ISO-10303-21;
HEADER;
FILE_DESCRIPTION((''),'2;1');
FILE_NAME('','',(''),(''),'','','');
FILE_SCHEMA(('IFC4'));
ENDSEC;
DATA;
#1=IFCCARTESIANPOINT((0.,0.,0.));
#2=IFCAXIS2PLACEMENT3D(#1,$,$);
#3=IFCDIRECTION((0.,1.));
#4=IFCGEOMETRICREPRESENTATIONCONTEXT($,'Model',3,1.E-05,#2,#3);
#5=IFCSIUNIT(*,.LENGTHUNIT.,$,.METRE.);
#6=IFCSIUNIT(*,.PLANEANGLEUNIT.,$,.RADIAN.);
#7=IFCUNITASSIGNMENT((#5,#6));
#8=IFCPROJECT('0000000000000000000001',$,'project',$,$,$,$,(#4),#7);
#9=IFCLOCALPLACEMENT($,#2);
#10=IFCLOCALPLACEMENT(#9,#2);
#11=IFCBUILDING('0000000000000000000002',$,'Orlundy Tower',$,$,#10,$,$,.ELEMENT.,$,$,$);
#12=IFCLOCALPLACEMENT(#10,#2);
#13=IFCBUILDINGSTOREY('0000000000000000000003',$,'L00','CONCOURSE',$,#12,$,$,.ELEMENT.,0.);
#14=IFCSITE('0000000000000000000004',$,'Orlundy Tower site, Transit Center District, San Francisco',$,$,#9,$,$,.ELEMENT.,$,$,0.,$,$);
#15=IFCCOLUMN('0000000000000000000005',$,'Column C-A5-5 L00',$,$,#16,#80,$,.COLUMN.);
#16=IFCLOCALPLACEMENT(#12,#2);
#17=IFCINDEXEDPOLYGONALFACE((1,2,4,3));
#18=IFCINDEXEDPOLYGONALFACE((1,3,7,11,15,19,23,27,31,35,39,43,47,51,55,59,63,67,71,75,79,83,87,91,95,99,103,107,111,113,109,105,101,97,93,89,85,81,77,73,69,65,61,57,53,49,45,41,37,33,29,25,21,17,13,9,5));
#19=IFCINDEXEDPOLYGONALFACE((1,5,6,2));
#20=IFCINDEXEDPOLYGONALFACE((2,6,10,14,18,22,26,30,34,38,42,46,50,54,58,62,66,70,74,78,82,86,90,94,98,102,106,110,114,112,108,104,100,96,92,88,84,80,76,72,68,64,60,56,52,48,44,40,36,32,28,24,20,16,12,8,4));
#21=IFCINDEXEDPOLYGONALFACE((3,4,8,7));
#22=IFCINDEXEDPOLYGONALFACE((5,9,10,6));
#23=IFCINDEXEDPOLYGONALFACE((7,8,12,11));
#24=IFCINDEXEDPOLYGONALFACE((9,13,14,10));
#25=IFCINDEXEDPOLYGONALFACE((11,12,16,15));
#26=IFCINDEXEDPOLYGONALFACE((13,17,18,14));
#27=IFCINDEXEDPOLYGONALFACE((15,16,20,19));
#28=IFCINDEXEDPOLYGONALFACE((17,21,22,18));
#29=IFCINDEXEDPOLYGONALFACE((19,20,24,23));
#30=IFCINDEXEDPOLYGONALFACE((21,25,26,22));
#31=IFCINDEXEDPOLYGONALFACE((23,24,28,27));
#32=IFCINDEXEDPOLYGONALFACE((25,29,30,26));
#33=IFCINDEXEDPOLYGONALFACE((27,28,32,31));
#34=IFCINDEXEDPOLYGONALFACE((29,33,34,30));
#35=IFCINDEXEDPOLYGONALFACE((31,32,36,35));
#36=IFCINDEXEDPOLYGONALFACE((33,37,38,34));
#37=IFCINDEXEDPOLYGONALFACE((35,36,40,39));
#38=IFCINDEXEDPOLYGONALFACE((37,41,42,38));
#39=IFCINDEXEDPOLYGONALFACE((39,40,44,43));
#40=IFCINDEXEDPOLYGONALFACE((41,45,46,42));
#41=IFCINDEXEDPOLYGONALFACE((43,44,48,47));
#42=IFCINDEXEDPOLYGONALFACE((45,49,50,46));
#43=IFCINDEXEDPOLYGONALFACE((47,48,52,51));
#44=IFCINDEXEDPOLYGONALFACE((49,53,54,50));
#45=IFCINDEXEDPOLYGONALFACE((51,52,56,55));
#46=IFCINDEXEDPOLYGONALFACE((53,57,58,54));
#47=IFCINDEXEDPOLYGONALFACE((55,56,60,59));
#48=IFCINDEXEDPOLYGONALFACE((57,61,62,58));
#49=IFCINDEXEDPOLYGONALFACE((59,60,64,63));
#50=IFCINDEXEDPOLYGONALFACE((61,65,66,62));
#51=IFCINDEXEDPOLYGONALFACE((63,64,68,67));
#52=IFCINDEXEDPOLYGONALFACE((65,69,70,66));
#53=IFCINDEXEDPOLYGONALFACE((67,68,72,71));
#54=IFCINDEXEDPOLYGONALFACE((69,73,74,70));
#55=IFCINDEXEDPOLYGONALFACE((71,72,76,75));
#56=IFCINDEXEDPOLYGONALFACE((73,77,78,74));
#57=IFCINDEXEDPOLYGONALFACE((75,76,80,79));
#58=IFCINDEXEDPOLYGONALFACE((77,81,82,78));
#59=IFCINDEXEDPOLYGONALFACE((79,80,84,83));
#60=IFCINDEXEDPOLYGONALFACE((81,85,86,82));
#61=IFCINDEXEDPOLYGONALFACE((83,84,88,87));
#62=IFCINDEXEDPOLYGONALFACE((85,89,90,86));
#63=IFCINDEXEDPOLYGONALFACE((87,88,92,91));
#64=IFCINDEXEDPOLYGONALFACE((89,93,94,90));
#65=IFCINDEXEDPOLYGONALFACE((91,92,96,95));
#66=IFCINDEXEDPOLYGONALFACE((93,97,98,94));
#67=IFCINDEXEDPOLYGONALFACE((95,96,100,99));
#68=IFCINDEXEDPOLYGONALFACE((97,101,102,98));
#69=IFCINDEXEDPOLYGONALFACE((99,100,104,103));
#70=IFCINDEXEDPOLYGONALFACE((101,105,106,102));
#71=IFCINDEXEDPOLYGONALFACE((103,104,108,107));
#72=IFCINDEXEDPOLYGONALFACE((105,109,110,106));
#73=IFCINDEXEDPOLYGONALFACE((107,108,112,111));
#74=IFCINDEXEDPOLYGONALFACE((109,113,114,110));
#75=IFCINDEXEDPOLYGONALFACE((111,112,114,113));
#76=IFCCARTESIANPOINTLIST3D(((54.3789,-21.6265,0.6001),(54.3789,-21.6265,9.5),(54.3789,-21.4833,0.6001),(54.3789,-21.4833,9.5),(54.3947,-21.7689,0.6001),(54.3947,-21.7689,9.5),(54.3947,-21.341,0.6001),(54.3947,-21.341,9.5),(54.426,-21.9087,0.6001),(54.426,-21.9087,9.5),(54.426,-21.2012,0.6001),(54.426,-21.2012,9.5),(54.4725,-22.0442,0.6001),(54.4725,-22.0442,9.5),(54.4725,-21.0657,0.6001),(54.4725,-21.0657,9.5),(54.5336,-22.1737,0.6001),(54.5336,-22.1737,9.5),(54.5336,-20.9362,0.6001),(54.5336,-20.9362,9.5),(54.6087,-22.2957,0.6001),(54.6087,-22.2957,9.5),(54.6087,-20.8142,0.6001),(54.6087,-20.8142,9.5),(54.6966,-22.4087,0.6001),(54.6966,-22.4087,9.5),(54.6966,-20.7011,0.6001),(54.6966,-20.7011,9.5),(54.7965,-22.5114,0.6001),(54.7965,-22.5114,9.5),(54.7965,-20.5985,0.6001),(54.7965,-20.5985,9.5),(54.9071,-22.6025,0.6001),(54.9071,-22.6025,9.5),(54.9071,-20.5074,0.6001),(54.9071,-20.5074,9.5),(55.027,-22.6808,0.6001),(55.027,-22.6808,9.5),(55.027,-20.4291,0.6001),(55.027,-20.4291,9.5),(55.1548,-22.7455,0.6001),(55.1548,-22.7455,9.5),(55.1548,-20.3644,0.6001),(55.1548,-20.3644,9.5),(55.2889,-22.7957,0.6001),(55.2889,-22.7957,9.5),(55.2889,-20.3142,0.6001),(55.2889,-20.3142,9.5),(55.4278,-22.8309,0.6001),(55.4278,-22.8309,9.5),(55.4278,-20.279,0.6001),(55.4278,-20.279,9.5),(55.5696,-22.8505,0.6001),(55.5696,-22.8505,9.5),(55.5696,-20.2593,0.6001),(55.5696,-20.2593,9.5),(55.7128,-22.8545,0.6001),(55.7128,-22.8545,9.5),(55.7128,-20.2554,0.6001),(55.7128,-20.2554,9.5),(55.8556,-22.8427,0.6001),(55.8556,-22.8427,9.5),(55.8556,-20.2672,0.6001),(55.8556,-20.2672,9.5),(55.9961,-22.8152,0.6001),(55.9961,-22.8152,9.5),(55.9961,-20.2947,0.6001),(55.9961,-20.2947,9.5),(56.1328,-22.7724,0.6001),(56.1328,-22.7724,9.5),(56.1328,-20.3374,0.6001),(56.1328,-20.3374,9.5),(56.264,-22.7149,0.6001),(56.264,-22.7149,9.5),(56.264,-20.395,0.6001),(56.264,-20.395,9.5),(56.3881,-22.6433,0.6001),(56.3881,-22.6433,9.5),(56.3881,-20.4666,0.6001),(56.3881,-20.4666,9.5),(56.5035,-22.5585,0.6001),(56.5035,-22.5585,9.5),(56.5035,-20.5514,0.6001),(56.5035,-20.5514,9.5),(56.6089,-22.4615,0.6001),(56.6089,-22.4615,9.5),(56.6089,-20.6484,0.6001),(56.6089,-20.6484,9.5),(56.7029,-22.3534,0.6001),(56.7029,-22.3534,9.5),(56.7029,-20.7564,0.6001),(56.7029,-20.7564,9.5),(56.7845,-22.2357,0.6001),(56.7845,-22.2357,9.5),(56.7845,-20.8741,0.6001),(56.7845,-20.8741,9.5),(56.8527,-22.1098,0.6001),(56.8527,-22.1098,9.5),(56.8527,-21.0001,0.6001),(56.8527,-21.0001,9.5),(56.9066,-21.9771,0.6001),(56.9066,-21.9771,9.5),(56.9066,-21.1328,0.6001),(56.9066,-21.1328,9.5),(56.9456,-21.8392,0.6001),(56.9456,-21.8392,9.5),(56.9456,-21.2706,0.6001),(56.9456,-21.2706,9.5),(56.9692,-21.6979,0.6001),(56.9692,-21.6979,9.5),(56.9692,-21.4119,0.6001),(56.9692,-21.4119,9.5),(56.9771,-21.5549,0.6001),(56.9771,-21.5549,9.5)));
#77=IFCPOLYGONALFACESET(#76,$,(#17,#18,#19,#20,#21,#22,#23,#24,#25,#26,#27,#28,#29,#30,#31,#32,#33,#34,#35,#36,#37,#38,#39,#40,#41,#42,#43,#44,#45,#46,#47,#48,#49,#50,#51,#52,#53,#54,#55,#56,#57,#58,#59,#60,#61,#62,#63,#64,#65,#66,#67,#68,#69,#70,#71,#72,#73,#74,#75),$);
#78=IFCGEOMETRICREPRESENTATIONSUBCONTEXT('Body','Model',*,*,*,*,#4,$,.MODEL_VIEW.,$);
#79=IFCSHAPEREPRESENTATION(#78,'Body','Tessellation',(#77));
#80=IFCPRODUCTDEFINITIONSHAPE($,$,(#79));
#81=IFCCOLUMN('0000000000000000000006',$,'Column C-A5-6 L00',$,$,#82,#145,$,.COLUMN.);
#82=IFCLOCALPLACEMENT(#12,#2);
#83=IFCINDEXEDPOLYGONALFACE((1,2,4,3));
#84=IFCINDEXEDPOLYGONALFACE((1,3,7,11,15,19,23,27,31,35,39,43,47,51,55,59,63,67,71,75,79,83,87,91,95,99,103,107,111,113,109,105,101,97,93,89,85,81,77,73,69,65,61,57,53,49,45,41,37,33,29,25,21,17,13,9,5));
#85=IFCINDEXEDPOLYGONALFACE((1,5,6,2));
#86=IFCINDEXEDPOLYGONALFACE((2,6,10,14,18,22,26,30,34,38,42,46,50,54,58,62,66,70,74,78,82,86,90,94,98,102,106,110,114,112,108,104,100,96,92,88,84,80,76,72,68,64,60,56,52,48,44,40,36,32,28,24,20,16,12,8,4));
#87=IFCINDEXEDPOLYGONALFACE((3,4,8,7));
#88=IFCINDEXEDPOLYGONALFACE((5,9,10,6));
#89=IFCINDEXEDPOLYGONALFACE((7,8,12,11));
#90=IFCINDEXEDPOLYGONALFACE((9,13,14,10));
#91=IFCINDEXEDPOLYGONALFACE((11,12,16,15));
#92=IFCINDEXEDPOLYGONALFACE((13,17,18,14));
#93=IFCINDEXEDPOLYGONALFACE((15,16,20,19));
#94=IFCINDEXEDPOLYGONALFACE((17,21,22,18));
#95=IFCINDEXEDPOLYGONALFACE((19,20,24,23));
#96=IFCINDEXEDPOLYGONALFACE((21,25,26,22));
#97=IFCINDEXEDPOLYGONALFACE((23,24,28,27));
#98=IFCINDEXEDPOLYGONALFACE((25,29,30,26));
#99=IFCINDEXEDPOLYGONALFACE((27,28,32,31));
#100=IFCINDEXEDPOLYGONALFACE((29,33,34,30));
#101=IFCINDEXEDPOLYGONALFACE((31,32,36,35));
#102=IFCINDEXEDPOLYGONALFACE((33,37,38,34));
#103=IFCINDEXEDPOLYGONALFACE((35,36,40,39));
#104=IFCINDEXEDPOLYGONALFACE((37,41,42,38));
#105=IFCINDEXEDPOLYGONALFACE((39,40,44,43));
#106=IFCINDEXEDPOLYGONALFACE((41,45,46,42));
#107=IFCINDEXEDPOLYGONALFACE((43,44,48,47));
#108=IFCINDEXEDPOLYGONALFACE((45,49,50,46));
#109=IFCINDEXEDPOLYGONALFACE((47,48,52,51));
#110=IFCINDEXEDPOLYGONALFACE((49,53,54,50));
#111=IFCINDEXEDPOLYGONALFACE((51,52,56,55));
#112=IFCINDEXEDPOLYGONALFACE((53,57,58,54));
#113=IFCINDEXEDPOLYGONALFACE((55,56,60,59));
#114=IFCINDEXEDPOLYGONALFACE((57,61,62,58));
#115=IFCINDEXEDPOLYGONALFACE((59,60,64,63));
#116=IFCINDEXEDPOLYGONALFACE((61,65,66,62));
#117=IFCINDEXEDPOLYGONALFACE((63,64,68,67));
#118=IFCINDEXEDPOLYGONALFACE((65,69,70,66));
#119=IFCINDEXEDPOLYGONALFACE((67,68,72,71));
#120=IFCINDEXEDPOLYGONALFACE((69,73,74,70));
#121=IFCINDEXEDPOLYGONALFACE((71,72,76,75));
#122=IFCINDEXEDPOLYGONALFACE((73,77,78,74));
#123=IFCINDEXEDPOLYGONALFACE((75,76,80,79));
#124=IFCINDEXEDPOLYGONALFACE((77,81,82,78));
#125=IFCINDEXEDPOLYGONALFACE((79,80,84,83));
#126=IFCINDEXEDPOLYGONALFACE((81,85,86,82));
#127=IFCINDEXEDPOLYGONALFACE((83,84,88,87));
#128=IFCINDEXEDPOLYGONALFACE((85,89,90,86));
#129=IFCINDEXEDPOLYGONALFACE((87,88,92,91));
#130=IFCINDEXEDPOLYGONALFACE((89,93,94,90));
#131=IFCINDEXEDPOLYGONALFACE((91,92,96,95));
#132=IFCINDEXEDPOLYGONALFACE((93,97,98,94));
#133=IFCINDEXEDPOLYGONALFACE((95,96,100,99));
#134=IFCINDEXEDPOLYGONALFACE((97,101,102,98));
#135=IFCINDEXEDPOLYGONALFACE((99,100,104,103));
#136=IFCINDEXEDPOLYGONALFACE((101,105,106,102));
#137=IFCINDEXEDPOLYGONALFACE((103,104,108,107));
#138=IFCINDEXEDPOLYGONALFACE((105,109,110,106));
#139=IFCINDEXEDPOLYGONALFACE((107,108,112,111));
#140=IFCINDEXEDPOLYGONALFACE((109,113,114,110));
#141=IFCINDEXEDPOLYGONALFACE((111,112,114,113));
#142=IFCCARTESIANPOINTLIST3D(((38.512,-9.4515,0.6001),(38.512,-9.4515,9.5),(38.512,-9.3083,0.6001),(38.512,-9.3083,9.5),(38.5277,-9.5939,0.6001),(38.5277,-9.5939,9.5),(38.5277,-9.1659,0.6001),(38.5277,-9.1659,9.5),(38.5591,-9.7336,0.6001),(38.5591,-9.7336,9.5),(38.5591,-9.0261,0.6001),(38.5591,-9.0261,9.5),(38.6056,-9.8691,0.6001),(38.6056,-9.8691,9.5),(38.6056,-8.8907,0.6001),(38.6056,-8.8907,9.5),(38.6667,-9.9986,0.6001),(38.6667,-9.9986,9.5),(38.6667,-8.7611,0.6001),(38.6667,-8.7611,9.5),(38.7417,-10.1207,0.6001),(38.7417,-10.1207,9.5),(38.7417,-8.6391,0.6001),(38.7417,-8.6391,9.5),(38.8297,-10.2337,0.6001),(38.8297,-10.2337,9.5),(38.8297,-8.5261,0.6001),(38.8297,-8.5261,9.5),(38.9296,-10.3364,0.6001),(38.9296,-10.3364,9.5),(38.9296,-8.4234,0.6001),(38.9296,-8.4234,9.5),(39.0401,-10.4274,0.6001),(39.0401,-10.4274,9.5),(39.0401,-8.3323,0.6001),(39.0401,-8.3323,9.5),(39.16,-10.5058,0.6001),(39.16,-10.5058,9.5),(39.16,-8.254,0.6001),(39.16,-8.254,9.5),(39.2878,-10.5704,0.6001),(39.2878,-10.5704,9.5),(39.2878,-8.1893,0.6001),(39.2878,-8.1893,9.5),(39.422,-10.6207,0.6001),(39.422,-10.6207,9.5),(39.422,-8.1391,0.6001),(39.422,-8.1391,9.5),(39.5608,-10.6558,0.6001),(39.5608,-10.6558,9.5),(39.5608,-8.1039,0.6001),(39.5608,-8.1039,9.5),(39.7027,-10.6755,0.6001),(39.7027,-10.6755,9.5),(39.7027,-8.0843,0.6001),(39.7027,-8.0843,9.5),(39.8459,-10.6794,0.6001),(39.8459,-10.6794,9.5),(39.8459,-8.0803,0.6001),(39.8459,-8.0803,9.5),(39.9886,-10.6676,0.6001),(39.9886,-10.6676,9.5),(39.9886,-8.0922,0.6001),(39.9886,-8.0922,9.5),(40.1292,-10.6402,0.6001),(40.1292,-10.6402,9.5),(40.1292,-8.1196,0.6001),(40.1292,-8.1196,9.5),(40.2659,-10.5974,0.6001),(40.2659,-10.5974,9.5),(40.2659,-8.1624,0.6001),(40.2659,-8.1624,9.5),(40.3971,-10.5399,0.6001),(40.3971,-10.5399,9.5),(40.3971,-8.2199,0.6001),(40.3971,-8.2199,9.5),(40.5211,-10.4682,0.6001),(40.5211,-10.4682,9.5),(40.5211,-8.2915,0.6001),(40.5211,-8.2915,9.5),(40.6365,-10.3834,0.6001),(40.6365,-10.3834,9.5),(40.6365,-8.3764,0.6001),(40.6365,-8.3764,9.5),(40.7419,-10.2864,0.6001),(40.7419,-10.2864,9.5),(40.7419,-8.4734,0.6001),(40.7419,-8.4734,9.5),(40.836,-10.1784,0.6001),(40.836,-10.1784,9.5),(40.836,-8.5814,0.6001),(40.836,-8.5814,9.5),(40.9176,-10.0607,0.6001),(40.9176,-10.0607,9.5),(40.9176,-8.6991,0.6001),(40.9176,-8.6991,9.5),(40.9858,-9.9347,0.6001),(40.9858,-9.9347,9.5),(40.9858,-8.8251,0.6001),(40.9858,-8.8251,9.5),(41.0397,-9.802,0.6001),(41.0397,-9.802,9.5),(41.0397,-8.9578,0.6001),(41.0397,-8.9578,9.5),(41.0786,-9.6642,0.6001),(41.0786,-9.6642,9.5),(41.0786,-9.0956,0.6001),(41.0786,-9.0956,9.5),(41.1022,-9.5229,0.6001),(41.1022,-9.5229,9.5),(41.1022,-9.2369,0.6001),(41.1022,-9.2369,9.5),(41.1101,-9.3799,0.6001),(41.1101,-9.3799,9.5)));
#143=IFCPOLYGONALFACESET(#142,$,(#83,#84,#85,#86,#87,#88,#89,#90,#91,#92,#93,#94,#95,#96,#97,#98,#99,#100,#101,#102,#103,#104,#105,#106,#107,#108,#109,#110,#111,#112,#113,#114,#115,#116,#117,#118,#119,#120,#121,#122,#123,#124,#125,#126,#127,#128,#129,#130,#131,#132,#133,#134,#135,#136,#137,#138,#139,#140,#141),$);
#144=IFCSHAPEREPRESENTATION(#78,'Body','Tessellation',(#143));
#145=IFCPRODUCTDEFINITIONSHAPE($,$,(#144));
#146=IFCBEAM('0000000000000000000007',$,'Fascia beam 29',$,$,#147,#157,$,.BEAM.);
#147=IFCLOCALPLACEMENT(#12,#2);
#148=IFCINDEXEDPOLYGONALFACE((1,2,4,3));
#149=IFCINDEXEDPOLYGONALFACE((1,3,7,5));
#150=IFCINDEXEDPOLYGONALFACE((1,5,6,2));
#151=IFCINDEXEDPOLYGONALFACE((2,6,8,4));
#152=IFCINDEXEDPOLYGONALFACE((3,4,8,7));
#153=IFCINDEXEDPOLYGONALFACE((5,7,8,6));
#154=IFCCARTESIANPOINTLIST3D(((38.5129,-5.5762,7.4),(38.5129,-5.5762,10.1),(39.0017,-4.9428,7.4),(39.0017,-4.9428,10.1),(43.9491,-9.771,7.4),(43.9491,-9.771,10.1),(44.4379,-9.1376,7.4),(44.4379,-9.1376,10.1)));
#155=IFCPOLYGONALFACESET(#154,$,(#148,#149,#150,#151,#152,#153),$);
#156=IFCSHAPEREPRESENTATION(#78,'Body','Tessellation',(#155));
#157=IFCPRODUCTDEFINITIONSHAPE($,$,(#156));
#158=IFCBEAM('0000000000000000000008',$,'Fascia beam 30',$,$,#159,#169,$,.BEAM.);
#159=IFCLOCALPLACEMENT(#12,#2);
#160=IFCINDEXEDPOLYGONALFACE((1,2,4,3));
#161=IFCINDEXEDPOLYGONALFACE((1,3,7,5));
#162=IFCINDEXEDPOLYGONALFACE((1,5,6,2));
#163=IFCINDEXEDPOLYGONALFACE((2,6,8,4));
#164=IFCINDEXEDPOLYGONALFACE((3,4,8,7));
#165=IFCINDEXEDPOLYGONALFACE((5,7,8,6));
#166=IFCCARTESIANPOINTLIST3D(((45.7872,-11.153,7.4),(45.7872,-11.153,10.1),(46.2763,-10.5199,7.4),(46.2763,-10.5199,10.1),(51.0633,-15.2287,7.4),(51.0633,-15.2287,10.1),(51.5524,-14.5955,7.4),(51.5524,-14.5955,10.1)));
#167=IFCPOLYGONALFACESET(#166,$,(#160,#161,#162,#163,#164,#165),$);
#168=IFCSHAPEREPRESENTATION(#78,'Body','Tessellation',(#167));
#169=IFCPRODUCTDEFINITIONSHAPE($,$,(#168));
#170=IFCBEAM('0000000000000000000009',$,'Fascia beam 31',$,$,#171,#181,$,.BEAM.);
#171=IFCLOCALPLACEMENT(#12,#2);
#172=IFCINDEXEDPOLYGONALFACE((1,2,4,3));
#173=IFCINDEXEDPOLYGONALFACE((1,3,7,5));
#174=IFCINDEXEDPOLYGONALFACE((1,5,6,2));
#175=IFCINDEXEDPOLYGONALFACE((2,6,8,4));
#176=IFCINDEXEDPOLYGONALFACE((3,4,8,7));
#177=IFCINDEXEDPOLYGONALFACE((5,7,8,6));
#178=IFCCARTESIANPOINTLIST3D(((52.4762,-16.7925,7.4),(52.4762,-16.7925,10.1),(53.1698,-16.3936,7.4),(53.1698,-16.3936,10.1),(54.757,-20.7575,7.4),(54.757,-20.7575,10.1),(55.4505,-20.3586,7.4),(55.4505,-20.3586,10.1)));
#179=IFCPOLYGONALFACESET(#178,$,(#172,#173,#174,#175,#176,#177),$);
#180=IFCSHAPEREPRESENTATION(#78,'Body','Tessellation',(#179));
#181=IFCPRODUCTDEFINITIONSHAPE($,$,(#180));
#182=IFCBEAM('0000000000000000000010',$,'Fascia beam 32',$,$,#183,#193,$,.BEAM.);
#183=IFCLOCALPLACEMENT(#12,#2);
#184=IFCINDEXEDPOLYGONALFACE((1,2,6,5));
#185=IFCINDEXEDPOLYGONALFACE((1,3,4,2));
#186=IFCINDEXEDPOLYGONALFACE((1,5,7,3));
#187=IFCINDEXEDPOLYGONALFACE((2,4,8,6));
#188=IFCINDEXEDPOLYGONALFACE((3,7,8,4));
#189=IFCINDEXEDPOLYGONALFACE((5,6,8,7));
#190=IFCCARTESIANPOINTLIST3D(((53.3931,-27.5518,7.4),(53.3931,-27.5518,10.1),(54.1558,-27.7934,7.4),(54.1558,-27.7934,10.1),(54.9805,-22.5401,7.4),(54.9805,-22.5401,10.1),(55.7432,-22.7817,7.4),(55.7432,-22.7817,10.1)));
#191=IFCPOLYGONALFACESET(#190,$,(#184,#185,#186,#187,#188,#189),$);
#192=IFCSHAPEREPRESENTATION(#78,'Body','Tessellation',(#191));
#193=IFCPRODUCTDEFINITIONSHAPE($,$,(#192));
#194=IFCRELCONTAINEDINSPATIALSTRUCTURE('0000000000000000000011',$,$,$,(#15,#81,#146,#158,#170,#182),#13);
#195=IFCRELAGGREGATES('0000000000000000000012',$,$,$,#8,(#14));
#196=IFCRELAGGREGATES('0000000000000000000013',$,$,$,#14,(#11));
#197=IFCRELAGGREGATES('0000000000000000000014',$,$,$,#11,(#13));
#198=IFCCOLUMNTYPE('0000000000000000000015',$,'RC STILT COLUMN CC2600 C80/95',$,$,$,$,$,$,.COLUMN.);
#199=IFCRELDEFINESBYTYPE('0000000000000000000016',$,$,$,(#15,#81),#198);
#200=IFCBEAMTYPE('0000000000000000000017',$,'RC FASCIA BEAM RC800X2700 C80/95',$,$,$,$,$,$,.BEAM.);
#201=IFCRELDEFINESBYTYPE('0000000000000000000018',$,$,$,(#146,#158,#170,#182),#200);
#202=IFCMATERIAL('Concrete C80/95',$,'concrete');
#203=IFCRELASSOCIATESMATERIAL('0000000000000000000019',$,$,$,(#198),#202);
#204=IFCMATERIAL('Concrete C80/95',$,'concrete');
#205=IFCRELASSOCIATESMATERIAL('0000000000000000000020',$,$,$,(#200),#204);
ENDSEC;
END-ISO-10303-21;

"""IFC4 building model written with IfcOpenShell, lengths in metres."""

from ifc_helpers import new_model, si_unit, direction, frame, origin, origin_2d, place, context, subcontext, project, spatial, rectangle, circle, extrude, material, material_profile, profile_set, type_object, element, save


model = new_model("IFC4")

# Units and contexts
model_context = context("Model", 3, precision=1e-05, world=origin(), true_north=direction((0.0, 1.0)))
body_context = subcontext(model_context, "Body", "Model", "MODEL_VIEW")
ifc_project = project(units=[si_unit("LENGTHUNIT", "METRE"), si_unit("PLANEANGLEUNIT", "RADIAN")], contexts=[model_context])

# Site, building, storey
site_placement = place(None, origin())
site = spatial("IfcSite", under=ifc_project, at=site_placement, Name="Orlundy Tower site, Transit Center District, San Francisco", CompositionType="ELEMENT", RefElevation=0.0)
building_placement = place(site_placement, origin())
building = spatial("IfcBuilding", under=site, at=building_placement, Name="Orlundy Tower", CompositionType="ELEMENT")
storey_placement = place(building_placement, origin())
storey = spatial("IfcBuildingStorey", under=building, at=storey_placement, Name="L00", Description="CONCOURSE", CompositionType="ELEMENT", Elevation=0.0)

# Columns
ifc_material_1 = material(Name="Concrete C80/95", Category="concrete")
ifc_material_profile_1 = material_profile(ifc_material_1, circle(Radius=1.3, at=origin_2d()), Name="CC2600")
ifc_profile_set_1 = profile_set([ifc_material_profile_1], Name="Concrete C80/95")
column_type_1 = type_object("IfcColumnType", Name="RC STILT COLUMN CC2600 C80/95", PredefinedType="COLUMN", material=ifc_profile_set_1)
for number, where, z_axis, x_axis, name in (
    (1, (55.677, -21.5549, 0.6001), (0.0, 0.0, 1.0), (1.0, 0.0, 0.0), "Column C-A5-5 L00"),
    (2, (39.8101, -9.3799, 0.6001), (0.0, 0.0, 1.0), (1.0, 0.0, 0.0), "Column C-A5-6 L00"),
):
    element("IfcColumn", number, at=place(storey_placement, frame(where, z_axis=z_axis, x_axis=x_axis)), inside=storey, type_object=column_type_1, Name=name, PredefinedType="COLUMN", context=body_context, shape_type="SweptSolid", body=[
        extrude(circle(Radius=1.3, at=origin_2d()), origin(), (0.0, 0.0, 1.0), 8.8999),
    ])

# Beams
ifc_material_2 = material(Name="Concrete C80/95", Category="concrete")
ifc_material_profile_2 = material_profile(ifc_material_2, rectangle(XDim=0.8, YDim=2.7, at=origin_2d()), Name="RC800X2700")
ifc_profile_set_2 = profile_set([ifc_material_profile_2], Name="Concrete C80/95")
beam_type = type_object("IfcBeamType", Name="RC FASCIA BEAM RC800X2700 C80/95", PredefinedType="BEAM", material=ifc_profile_set_2)
beam_1_placement = place(storey_placement, frame((38.7573, -5.2595, 8.75), z_axis=(0.791703, -0.610906, 0.0), x_axis=(0.610906, 0.791703, 0.0)))
element("IfcBeam", 3, at=beam_1_placement, inside=storey, type_object=beam_type, Name="Fascia beam 29", PredefinedType="BEAM", context=body_context, shape_type="SweptSolid", body=[
    extrude(rectangle(XDim=0.8, YDim=2.7, at=origin_2d()), origin(), (0.0, 0.0, 1.0), 6.8665),
])
beam_2_placement = place(storey_placement, frame((46.0317, -10.8364, 8.75), z_axis=(0.791381, -0.611323, 0.0), x_axis=(0.611323, 0.791381, 0.0)))
element("IfcBeam", 4, at=beam_2_placement, inside=storey, type_object=beam_type, Name="Fascia beam 30", PredefinedType="BEAM", context=body_context, shape_type="SweptSolid", body=[
    extrude(rectangle(XDim=0.8, YDim=2.7, at=origin_2d()), origin(), (0.0, 0.0, 1.0), 6.667),
])
beam_3_placement = place(storey_placement, frame((52.823, -16.593, 8.75), z_axis=(0.498608, -0.866827, 0.0), x_axis=(0.866827, 0.498608, 0.0)))
element("IfcBeam", 5, at=beam_3_placement, inside=storey, type_object=beam_type, Name="Fascia beam 31", PredefinedType="BEAM", context=body_context, shape_type="SweptSolid", body=[
    extrude(rectangle(XDim=0.8, YDim=2.7, at=origin_2d()), origin(), (0.0, 0.0, 1.0), 4.5742),
])
beam_4_placement = place(storey_placement, frame((55.3618, -22.6609, 8.75), z_axis=(-0.301954, -0.953323, 0.0), x_axis=(0.953323, -0.301954, 0.0)))
element("IfcBeam", 6, at=beam_4_placement, inside=storey, type_object=beam_type, Name="Fascia beam 32", PredefinedType="BEAM", context=body_context, shape_type="SweptSolid", body=[
    extrude(rectangle(XDim=0.8, YDim=2.7, at=origin_2d()), origin(), (0.0, 0.0, 1.0), 5.2571),
])

save(model, "model.ifc")
